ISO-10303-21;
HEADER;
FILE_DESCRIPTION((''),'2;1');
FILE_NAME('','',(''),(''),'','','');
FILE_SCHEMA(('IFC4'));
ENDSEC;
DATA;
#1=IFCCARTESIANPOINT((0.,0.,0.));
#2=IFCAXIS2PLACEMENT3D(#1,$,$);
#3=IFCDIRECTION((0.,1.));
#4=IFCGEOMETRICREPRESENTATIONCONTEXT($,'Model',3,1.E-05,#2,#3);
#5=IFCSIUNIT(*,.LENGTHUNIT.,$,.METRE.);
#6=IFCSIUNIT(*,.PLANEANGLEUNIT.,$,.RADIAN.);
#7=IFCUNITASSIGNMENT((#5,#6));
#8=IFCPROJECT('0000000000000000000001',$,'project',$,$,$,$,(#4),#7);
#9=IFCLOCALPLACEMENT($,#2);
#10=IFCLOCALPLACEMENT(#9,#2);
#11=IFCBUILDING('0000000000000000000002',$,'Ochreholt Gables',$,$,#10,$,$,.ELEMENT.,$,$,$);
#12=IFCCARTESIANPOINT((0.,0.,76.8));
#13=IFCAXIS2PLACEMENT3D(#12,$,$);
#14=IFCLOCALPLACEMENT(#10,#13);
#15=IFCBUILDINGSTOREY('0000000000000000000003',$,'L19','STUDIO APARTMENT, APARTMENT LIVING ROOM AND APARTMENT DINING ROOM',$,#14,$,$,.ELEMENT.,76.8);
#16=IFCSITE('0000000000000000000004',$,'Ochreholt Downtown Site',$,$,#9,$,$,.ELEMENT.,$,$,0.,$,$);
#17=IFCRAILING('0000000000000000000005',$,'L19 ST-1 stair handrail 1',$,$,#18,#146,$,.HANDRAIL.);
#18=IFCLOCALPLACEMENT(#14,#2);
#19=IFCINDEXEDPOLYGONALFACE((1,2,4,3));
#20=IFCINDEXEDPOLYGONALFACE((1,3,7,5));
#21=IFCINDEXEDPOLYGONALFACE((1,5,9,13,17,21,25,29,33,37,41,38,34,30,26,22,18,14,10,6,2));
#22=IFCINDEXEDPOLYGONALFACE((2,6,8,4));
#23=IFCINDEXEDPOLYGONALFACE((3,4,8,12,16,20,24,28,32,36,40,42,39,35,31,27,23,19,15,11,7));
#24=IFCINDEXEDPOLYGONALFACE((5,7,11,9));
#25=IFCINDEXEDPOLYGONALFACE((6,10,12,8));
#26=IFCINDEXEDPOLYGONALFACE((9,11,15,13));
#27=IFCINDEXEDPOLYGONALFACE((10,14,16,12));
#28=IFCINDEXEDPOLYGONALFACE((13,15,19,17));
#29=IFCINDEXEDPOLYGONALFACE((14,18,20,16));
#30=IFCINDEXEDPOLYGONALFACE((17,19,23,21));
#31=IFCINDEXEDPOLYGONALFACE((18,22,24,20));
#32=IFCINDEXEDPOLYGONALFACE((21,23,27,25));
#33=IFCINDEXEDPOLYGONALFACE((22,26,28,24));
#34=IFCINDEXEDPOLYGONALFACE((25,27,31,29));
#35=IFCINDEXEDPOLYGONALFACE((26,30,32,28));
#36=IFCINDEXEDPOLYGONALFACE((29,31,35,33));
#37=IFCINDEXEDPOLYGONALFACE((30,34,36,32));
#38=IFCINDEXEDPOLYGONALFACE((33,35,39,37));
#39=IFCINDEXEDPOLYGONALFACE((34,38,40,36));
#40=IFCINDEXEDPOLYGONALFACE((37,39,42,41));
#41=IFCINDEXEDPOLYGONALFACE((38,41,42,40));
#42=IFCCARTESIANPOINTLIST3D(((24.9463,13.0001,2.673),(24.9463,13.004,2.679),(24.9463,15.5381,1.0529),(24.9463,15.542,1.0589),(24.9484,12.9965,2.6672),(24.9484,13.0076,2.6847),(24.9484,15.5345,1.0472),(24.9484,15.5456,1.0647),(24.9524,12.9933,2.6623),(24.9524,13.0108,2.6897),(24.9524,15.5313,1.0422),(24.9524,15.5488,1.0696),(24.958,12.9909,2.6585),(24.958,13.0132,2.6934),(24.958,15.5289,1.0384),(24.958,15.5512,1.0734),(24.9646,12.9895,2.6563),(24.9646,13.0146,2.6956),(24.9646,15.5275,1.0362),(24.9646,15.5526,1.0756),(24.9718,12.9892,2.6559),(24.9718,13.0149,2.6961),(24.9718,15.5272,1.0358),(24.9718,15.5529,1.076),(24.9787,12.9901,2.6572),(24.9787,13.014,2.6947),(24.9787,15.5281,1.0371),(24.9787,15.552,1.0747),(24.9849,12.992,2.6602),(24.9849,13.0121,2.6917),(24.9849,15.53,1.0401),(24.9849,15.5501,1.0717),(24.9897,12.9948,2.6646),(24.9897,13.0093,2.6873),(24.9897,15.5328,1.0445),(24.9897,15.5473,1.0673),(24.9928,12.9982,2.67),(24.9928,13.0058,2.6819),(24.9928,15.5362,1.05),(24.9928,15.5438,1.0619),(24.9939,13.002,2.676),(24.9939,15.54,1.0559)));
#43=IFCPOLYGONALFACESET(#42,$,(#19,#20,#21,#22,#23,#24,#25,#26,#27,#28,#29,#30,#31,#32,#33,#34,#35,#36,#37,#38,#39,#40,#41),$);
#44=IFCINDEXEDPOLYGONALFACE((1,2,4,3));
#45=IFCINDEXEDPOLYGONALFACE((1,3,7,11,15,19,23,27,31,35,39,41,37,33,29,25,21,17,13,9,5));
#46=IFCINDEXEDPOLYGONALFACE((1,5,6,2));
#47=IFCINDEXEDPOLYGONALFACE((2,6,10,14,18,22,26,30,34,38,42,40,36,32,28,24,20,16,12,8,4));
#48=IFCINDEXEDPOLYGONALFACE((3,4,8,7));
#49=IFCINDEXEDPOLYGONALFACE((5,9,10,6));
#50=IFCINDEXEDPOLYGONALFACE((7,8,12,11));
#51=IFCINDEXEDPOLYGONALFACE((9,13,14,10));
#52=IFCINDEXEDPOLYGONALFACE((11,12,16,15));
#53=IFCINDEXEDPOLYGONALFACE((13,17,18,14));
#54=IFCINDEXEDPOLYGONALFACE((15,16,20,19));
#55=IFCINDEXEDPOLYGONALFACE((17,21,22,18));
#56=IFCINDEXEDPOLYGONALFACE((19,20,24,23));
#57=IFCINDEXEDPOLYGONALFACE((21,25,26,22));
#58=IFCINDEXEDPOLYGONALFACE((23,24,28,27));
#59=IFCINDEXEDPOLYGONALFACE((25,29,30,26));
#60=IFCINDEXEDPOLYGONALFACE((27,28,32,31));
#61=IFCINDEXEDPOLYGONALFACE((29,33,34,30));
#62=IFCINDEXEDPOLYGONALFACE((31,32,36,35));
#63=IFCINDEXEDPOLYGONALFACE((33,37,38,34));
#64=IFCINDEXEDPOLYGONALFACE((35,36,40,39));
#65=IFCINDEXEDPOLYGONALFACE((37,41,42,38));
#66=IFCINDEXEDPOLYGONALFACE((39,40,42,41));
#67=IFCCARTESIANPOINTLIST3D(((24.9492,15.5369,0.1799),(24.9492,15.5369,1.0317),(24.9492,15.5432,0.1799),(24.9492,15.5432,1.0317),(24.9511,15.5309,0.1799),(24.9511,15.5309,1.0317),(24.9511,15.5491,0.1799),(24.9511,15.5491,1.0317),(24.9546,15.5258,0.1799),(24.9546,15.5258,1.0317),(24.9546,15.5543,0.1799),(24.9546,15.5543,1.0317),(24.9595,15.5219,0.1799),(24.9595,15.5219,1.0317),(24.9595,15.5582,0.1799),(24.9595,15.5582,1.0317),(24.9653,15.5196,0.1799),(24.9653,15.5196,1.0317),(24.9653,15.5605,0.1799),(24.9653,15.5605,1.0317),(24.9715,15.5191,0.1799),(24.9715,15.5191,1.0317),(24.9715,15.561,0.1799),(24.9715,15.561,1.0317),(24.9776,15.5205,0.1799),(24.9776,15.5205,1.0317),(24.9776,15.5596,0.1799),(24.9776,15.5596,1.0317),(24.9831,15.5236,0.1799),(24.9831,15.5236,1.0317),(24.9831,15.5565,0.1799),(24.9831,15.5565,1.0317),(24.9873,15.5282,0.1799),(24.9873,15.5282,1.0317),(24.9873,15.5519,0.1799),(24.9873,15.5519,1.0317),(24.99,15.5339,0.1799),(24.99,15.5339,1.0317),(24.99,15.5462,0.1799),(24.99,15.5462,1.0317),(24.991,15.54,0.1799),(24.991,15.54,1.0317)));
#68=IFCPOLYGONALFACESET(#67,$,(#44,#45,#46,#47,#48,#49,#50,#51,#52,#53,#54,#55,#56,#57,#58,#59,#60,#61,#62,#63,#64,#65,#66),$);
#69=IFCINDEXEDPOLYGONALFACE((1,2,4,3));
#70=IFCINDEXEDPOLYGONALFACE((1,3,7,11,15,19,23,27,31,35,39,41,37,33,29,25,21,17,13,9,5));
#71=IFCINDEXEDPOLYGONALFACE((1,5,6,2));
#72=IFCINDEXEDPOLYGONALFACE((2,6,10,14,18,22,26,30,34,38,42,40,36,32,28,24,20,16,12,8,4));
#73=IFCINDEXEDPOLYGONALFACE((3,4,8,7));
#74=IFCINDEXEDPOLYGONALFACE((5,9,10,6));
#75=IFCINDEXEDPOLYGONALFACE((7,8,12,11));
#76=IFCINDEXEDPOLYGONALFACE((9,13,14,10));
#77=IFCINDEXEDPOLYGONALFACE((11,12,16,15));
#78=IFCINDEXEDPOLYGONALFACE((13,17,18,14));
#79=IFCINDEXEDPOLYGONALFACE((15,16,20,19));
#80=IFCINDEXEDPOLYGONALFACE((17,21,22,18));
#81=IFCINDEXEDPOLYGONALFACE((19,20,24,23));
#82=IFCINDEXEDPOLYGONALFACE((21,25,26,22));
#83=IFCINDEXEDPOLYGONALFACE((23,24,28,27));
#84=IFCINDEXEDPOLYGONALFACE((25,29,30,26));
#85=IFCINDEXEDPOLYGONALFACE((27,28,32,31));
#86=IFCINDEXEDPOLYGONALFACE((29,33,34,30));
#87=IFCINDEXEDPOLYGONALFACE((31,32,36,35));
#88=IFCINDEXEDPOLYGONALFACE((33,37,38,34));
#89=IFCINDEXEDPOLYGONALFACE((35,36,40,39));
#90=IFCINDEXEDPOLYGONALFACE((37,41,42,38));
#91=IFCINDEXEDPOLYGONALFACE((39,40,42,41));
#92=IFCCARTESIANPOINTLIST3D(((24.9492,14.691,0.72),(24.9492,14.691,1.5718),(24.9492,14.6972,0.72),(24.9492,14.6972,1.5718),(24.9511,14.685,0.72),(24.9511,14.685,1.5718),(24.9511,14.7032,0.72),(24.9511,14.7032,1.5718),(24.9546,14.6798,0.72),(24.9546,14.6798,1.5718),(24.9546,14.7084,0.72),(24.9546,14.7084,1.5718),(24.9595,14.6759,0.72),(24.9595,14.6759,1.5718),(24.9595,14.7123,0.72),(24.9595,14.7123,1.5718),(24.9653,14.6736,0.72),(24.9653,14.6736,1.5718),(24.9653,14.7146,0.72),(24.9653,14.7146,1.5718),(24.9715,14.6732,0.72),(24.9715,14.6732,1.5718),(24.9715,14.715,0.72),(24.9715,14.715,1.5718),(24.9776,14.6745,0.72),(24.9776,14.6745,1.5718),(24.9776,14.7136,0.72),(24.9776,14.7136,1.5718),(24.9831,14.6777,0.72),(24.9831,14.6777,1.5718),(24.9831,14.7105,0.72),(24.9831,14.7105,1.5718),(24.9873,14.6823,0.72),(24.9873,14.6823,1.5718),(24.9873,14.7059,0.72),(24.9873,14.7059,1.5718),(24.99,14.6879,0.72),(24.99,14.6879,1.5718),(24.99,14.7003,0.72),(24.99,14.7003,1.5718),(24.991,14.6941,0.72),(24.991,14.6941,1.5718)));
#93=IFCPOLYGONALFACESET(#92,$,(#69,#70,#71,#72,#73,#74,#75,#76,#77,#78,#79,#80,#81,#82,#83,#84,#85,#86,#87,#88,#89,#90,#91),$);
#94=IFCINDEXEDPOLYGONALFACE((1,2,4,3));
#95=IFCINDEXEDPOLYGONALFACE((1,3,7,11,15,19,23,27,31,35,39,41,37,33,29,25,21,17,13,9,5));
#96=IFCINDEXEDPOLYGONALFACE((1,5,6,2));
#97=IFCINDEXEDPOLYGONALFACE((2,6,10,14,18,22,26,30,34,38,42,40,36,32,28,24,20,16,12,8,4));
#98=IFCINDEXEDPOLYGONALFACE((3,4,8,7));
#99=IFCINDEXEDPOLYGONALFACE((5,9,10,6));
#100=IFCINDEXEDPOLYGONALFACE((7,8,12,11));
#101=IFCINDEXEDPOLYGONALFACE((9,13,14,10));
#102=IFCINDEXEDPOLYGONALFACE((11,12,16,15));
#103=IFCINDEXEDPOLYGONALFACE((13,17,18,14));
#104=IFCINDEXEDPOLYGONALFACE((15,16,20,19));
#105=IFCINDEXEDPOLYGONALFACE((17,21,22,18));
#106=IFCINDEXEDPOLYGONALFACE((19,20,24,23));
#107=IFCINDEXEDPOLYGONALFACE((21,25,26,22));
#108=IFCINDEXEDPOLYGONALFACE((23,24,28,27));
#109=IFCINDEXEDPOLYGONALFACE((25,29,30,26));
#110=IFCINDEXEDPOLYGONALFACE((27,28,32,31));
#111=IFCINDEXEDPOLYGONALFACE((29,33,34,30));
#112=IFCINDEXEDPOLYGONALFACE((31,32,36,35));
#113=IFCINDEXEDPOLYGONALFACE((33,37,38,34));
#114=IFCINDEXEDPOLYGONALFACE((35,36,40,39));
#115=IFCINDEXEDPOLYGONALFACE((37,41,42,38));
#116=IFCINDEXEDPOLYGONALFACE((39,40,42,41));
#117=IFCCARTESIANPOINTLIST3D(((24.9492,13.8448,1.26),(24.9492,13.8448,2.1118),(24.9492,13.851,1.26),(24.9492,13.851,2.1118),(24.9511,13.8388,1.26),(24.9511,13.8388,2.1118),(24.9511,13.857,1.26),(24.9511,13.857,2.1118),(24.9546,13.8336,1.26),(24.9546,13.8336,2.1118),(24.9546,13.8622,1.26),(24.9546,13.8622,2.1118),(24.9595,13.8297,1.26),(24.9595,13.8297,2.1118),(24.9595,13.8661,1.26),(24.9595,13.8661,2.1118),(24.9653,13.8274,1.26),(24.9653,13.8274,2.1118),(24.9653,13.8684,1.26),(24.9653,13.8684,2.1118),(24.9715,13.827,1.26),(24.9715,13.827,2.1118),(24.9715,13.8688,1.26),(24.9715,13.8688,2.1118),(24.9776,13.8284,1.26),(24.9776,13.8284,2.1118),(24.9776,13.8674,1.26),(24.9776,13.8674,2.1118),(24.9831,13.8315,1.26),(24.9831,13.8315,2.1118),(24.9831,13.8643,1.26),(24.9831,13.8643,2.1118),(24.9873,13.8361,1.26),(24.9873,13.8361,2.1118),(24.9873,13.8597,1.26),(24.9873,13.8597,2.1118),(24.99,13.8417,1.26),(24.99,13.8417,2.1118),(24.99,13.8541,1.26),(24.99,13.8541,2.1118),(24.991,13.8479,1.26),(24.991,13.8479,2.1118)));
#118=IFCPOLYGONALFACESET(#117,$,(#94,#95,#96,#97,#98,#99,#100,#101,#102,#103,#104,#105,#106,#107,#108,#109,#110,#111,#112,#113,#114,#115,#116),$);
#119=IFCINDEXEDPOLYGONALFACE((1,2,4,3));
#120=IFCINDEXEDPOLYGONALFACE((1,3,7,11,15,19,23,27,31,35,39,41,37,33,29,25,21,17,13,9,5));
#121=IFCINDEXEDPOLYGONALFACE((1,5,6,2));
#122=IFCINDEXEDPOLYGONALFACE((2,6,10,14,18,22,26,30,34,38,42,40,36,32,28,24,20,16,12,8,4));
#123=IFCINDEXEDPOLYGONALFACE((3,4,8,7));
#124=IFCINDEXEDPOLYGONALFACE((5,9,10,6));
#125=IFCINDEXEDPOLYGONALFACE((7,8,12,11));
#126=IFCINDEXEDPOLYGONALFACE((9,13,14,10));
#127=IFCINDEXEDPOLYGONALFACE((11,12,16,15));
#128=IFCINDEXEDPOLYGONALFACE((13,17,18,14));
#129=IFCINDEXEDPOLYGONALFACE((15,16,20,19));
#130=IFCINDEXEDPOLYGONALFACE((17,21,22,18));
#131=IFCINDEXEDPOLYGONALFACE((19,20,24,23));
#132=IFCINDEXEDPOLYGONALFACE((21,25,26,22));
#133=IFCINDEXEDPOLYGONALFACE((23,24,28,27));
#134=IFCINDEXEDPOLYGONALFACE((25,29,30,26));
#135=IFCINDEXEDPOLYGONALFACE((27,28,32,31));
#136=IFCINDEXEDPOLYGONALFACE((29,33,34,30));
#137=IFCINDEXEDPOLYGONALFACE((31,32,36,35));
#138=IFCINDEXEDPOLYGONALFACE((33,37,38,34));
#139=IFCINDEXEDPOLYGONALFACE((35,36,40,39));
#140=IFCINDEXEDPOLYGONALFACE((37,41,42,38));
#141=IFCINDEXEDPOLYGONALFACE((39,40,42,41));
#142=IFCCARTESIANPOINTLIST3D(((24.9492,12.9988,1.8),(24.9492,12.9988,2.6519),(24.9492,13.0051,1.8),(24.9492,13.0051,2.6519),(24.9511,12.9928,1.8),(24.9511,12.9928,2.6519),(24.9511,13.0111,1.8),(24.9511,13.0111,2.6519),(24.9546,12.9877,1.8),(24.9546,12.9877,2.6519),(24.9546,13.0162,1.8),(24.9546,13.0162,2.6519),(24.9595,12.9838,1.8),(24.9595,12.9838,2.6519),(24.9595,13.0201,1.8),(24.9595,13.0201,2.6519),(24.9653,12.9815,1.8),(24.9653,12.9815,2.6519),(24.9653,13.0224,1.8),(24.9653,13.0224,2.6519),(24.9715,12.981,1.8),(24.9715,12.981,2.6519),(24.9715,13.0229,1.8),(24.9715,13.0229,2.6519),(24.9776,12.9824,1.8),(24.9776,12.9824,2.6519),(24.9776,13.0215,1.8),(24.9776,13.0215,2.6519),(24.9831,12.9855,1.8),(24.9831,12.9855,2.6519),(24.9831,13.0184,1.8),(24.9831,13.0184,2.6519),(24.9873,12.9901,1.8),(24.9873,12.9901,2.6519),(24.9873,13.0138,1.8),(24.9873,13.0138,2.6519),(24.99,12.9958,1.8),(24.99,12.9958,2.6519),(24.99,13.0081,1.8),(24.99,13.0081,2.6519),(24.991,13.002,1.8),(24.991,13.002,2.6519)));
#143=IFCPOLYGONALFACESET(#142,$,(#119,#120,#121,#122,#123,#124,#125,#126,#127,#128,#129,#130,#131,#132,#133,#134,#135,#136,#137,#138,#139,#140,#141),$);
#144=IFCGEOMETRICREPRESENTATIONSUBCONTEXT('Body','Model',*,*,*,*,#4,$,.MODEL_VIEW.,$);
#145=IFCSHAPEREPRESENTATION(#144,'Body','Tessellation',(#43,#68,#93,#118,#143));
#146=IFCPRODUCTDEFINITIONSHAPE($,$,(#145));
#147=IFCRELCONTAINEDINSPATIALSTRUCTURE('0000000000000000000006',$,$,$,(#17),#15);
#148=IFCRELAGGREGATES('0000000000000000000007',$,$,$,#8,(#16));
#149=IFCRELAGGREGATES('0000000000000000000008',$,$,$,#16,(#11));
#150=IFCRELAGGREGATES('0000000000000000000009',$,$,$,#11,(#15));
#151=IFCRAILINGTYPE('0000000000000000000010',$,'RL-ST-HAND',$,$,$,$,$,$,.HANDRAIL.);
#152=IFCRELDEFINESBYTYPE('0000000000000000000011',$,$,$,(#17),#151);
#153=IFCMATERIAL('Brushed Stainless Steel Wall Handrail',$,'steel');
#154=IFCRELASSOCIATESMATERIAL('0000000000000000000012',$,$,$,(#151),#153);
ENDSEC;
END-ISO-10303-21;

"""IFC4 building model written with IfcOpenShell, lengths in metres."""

from ifc_helpers import new_model, si_unit, direction, frame, origin, origin_2d, place, context, subcontext, project, spatial, circle, extrude, material, type_object, element, save


model = new_model("IFC4")

# Units and contexts
model_context = context("Model", 3, precision=1e-05, world=origin(), true_north=direction((0.0, 1.0)))
body_context = subcontext(model_context, "Body", "Model", "MODEL_VIEW")
ifc_project = project(units=[si_unit("LENGTHUNIT", "METRE"), si_unit("PLANEANGLEUNIT", "RADIAN")], contexts=[model_context])

# Site, building, storey
site_placement = place(None, origin())
site = spatial("IfcSite", under=ifc_project, at=site_placement, Name="Ochreholt Downtown Site", CompositionType="ELEMENT", RefElevation=0.0)
building_placement = place(site_placement, origin())
building = spatial("IfcBuilding", under=site, at=building_placement, Name="Ochreholt Gables", CompositionType="ELEMENT")
storey_placement = place(building_placement, frame((0.0, 0.0, 76.8)))
storey = spatial("IfcBuildingStorey", under=building, at=storey_placement, Name="L19", Description="STUDIO APARTMENT, APARTMENT LIVING ROOM AND APARTMENT DINING ROOM", CompositionType="ELEMENT", Elevation=76.8)

# Railing
ifc_material_1 = material(Name="Brushed Stainless Steel Wall Handrail", Category="steel")
railing_type_1 = type_object("IfcRailingType", Name="RL-ST-HAND", PredefinedType="HANDRAIL", material=ifc_material_1)
railing_1_placement = place(storey_placement, frame((24.97, 15.54, 0.1799)))
element("IfcRailing", 1, at=railing_1_placement, inside=storey, type_object=railing_type_1, Name="L19 ST-1 stair handrail 1", PredefinedType="HANDRAIL", context=body_context, shape_type="SweptSolid", body=[
    extrude(circle(Radius=0.0239, at=origin_2d()), frame((0.0, 0.0, 0.876), z_axis=(0.0, -0.842913, 0.53805), x_axis=(1.0, 0.0, 0.0)), (0.0, 0.0, 1.0), 3.011),
    extrude(circle(Radius=0.021, at=origin_2d()), origin(), (0.0, 0.0, 1.0), 0.8518),
    extrude(circle(Radius=0.021, at=origin_2d()), frame((0.0, -0.8459, 0.54)), (0.0, 0.0, 1.0), 0.8518),
    extrude(circle(Radius=0.021, at=origin_2d()), frame((0.0, -1.6921, 1.0801)), (0.0, 0.0, 1.0), 0.8518),
    extrude(circle(Radius=0.021, at=origin_2d()), frame((0.0, -2.5381, 1.6201)), (0.0, 0.0, 1.0), 0.8518),
])

save(model, "model.ifc")
